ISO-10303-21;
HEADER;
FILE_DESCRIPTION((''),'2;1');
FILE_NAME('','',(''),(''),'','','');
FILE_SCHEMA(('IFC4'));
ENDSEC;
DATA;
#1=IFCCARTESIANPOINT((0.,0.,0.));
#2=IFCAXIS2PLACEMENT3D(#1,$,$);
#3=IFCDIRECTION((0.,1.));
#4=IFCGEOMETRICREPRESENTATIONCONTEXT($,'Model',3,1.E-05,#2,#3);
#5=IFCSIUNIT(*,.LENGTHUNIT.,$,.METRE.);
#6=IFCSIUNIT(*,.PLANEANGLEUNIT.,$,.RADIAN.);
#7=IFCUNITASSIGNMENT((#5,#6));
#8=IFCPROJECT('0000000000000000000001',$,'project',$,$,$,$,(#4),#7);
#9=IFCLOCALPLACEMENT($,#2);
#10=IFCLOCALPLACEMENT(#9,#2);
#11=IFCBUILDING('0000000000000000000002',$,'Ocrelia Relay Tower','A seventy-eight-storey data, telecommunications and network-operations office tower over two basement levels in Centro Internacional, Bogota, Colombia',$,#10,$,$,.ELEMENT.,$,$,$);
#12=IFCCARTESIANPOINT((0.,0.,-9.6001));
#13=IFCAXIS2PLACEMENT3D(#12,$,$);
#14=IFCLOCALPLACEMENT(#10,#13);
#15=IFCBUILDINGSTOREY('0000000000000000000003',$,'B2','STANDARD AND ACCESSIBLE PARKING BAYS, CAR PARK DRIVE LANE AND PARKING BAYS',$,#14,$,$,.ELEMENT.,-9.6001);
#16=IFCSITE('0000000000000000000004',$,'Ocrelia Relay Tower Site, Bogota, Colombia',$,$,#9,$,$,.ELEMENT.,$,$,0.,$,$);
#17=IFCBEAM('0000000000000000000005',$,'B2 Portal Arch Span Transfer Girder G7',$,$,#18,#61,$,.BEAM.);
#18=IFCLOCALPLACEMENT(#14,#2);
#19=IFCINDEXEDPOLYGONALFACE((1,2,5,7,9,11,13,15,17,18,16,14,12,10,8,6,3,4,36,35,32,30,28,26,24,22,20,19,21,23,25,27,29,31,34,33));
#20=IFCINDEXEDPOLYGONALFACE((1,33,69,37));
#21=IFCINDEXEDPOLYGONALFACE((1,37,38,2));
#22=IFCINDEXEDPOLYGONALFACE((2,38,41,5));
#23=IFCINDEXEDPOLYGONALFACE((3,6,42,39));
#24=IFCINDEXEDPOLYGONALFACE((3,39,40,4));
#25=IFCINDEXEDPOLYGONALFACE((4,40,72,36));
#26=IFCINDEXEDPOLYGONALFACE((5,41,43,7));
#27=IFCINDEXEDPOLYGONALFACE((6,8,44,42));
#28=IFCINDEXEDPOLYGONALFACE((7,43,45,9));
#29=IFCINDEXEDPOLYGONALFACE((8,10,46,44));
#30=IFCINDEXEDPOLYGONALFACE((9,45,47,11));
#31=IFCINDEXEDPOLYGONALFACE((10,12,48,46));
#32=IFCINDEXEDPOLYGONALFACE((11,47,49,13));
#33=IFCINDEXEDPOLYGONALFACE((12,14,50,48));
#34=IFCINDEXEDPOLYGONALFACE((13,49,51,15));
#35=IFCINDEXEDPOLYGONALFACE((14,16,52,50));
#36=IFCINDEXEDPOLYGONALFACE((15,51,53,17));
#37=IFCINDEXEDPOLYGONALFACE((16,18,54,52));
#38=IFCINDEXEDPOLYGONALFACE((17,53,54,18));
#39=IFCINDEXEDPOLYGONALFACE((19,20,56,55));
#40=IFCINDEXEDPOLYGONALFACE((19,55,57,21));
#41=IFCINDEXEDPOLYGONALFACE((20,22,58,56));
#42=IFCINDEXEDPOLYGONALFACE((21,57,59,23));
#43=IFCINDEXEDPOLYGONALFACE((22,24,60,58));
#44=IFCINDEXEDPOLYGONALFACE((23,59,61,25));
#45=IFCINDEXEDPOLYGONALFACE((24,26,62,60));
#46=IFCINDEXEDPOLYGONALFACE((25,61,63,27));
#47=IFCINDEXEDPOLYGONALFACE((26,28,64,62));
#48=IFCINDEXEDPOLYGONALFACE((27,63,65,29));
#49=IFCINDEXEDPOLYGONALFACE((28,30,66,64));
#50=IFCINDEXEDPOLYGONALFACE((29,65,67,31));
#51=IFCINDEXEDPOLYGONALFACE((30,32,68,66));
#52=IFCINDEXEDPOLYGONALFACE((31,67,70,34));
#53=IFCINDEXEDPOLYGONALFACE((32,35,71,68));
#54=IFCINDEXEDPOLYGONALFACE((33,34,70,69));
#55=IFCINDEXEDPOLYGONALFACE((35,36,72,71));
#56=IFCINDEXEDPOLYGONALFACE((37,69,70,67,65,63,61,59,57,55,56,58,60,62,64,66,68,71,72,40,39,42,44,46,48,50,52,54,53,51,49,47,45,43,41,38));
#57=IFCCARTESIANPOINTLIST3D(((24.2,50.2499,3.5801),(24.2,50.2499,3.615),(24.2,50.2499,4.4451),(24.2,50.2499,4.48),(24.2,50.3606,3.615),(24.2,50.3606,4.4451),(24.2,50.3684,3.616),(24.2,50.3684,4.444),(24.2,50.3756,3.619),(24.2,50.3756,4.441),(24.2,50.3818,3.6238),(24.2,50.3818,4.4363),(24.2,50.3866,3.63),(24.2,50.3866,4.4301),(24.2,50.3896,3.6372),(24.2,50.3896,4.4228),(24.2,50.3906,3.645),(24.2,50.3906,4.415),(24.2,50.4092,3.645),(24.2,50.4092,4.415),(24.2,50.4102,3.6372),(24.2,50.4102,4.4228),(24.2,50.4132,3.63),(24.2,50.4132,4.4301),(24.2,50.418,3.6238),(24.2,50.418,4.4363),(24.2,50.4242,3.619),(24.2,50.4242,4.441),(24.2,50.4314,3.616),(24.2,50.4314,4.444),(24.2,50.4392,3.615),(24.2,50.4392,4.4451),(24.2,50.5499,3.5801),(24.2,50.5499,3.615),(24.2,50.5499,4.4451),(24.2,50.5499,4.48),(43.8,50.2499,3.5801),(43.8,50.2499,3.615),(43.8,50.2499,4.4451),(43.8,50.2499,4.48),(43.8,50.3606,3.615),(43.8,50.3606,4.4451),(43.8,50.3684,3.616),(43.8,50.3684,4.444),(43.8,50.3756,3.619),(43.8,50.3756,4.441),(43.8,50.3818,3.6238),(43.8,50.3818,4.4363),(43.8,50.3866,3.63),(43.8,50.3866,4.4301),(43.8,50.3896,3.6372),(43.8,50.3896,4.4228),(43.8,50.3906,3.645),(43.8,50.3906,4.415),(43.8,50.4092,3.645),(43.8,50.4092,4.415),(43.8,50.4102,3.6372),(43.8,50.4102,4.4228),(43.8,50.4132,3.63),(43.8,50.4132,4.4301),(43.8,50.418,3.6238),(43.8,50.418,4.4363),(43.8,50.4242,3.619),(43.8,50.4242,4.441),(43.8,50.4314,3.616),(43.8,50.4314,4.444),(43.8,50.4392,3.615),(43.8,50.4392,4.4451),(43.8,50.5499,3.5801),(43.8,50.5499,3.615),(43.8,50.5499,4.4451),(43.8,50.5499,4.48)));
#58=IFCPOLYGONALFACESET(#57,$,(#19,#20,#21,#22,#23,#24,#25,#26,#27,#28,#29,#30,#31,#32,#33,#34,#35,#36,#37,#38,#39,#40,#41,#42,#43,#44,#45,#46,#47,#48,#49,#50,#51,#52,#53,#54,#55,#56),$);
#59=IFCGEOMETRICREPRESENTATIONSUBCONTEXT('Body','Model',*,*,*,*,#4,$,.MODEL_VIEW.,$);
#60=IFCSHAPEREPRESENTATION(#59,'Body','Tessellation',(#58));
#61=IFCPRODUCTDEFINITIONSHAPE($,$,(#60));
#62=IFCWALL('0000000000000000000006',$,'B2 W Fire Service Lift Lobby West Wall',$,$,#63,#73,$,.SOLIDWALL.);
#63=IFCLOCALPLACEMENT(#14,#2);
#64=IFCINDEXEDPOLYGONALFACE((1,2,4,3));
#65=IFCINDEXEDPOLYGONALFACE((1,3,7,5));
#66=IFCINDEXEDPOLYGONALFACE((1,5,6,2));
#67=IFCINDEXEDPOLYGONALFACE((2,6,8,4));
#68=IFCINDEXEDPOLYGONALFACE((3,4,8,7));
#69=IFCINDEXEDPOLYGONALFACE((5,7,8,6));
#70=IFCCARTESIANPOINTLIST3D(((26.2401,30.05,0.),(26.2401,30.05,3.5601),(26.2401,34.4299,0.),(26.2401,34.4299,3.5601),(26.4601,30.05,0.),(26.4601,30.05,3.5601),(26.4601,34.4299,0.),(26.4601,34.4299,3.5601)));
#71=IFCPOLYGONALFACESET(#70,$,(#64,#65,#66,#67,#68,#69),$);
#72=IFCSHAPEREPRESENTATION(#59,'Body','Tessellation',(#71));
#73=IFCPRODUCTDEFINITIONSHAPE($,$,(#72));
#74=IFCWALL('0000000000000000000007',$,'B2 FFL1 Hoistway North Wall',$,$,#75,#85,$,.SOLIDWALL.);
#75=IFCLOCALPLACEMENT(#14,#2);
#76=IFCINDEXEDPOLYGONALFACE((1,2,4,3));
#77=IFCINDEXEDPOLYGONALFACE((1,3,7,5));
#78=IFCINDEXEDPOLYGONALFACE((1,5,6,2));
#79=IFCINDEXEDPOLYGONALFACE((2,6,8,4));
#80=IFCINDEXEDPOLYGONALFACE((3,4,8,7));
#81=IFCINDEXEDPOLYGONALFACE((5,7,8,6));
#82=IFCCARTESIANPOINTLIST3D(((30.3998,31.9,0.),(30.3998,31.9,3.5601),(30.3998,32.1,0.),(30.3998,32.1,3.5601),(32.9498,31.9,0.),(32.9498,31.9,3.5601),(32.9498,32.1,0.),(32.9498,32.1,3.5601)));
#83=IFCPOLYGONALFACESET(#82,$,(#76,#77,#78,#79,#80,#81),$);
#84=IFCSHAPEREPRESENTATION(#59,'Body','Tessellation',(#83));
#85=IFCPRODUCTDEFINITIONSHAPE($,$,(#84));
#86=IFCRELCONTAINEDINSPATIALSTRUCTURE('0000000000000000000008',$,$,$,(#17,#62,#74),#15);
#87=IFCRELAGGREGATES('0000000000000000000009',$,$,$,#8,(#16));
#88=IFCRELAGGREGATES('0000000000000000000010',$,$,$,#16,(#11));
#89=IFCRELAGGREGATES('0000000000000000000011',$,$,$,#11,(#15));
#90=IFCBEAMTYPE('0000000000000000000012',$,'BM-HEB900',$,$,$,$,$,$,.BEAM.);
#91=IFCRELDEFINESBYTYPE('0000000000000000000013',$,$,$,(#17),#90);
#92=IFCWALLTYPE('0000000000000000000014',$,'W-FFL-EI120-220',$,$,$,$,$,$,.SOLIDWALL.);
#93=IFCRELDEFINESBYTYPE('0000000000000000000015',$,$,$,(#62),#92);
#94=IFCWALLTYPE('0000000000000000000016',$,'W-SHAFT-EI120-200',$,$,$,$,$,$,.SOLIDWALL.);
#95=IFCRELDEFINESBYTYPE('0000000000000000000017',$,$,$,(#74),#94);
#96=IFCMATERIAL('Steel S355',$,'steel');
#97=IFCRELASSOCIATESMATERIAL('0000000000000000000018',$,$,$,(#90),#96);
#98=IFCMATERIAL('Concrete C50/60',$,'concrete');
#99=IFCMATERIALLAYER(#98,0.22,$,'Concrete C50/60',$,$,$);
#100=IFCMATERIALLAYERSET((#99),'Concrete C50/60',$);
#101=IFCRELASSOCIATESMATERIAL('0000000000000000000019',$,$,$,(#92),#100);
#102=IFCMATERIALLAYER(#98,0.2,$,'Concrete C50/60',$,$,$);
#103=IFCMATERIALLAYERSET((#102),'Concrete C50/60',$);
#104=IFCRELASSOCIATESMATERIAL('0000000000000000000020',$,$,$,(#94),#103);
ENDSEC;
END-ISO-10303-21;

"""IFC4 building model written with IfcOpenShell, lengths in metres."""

from ifc_helpers import new_model, si_unit, direction, frame, frame_2d, origin, origin_2d, place, context, subcontext, project, spatial, rectangle, i_section, extrude, material, layer, layer_set, material_profile, profile_set, type_object, element, save


model = new_model("IFC4")

# Units and contexts
model_context = context("Model", 3, precision=1e-05, world=origin(), true_north=direction((0.0, 1.0)))
body_context = subcontext(model_context, "Body", "Model", "MODEL_VIEW")
ifc_project = project(units=[si_unit("LENGTHUNIT", "METRE"), si_unit("PLANEANGLEUNIT", "RADIAN")], contexts=[model_context])

# Site, building, storey
site_placement = place(None, origin())
site = spatial("IfcSite", under=ifc_project, at=site_placement, Name="Ocrelia Relay Tower Site, Bogota, Colombia", CompositionType="ELEMENT", RefElevation=0.0)
building_placement = place(site_placement, origin())
building = spatial("IfcBuilding", under=site, at=building_placement, Name="Ocrelia Relay Tower", Description="A seventy-eight-storey data, telecommunications and network-operations office tower over two basement levels in Centro Internacional, Bogota, Colombia", CompositionType="ELEMENT")
storey_placement = place(building_placement, frame((0.0, 0.0, -9.6001)))
storey = spatial("IfcBuildingStorey", under=building, at=storey_placement, Name="B2", Description="STANDARD AND ACCESSIBLE PARKING BAYS, CAR PARK DRIVE LANE AND PARKING BAYS", CompositionType="ELEMENT", Elevation=-9.6001)

# Shared definitions
ifc_material_1 = material(Name="Concrete C50/60", Category="concrete")

# Beam
ifc_material_2 = material(Name="Steel S355", Category="steel")
ifc_material_profile_1 = material_profile(ifc_material_2, i_section(OverallWidth=0.3, OverallDepth=0.8999, WebThickness=0.0186, FlangeThickness=0.0349, FilletRadius=0.03, at=origin_2d()), Name="HEB 900")
ifc_profile_set_1 = profile_set([ifc_material_profile_1], Name="Steel S355")
beam_type_1 = type_object("IfcBeamType", Name="BM-HEB900", PredefinedType="BEAM", material=ifc_profile_set_1)
for number, where, z_axis, x_axis, name in (
    (1, (24.2, 50.3999, 4.03), (1.0, 0.0, 0.0), (0.0, 1.0, 0.0), "B2 Portal Arch Span Transfer Girder G7"),
):
    element("IfcBeam", number, at=place(storey_placement, frame(where, z_axis=z_axis, x_axis=x_axis)), inside=storey, type_object=beam_type_1, Name=name, PredefinedType="BEAM", context=body_context, shape_type="SweptSolid", body=[
        extrude(i_section(OverallWidth=0.3, OverallDepth=0.8999, WebThickness=0.0186, FlangeThickness=0.0349, FilletRadius=0.03, at=origin_2d()), origin(), (0.0, 0.0, 1.0), 19.6001),
    ])

# Wall
ifc_layer_1 = layer(ifc_material_1, 0.22, Name="Concrete C50/60")
ifc_layer_set_1 = layer_set([ifc_layer_1], Name="Concrete C50/60")
wall_type_1 = type_object("IfcWallType", Name="W-FFL-EI120-220", PredefinedType="SOLIDWALL", material=ifc_layer_set_1)
wall_1_placement = place(storey_placement, frame((26.3501, 30.05, 0.0), z_axis=(0.0, 0.0, 1.0), x_axis=(0.0, 1.0, 0.0)))
element("IfcWall", 2, at=wall_1_placement, inside=storey, type_object=wall_type_1, Name="B2 W Fire Service Lift Lobby West Wall", PredefinedType="SOLIDWALL", context=body_context, shape_type="SweptSolid", body=[
    extrude(rectangle(XDim=4.3799, YDim=0.22, at=frame_2d((2.1899, 0.0))), origin(), (0.0, 0.0, 1.0), 3.5601),
])

# Wall
ifc_layer_2 = layer(ifc_material_1, 0.2, Name="Concrete C50/60")
ifc_layer_set_2 = layer_set([ifc_layer_2], Name="Concrete C50/60")
wall_type_2 = type_object("IfcWallType", Name="W-SHAFT-EI120-200", PredefinedType="SOLIDWALL", material=ifc_layer_set_2)
wall_2_placement = place(storey_placement, frame((30.3999, 32.0, 0.0), z_axis=(0.0, 0.0, 1.0), x_axis=(1.0, 0.0, 0.0)))
element("IfcWall", 3, at=wall_2_placement, inside=storey, type_object=wall_type_2, Name="B2 FFL1 Hoistway North Wall", PredefinedType="SOLIDWALL", context=body_context, shape_type="SweptSolid", body=[
    extrude(rectangle(XDim=2.55, YDim=0.2, at=frame_2d((1.2749, 0.0))), origin(), (0.0, 0.0, 1.0), 3.5601),
])

save(model, "model.ifc")
